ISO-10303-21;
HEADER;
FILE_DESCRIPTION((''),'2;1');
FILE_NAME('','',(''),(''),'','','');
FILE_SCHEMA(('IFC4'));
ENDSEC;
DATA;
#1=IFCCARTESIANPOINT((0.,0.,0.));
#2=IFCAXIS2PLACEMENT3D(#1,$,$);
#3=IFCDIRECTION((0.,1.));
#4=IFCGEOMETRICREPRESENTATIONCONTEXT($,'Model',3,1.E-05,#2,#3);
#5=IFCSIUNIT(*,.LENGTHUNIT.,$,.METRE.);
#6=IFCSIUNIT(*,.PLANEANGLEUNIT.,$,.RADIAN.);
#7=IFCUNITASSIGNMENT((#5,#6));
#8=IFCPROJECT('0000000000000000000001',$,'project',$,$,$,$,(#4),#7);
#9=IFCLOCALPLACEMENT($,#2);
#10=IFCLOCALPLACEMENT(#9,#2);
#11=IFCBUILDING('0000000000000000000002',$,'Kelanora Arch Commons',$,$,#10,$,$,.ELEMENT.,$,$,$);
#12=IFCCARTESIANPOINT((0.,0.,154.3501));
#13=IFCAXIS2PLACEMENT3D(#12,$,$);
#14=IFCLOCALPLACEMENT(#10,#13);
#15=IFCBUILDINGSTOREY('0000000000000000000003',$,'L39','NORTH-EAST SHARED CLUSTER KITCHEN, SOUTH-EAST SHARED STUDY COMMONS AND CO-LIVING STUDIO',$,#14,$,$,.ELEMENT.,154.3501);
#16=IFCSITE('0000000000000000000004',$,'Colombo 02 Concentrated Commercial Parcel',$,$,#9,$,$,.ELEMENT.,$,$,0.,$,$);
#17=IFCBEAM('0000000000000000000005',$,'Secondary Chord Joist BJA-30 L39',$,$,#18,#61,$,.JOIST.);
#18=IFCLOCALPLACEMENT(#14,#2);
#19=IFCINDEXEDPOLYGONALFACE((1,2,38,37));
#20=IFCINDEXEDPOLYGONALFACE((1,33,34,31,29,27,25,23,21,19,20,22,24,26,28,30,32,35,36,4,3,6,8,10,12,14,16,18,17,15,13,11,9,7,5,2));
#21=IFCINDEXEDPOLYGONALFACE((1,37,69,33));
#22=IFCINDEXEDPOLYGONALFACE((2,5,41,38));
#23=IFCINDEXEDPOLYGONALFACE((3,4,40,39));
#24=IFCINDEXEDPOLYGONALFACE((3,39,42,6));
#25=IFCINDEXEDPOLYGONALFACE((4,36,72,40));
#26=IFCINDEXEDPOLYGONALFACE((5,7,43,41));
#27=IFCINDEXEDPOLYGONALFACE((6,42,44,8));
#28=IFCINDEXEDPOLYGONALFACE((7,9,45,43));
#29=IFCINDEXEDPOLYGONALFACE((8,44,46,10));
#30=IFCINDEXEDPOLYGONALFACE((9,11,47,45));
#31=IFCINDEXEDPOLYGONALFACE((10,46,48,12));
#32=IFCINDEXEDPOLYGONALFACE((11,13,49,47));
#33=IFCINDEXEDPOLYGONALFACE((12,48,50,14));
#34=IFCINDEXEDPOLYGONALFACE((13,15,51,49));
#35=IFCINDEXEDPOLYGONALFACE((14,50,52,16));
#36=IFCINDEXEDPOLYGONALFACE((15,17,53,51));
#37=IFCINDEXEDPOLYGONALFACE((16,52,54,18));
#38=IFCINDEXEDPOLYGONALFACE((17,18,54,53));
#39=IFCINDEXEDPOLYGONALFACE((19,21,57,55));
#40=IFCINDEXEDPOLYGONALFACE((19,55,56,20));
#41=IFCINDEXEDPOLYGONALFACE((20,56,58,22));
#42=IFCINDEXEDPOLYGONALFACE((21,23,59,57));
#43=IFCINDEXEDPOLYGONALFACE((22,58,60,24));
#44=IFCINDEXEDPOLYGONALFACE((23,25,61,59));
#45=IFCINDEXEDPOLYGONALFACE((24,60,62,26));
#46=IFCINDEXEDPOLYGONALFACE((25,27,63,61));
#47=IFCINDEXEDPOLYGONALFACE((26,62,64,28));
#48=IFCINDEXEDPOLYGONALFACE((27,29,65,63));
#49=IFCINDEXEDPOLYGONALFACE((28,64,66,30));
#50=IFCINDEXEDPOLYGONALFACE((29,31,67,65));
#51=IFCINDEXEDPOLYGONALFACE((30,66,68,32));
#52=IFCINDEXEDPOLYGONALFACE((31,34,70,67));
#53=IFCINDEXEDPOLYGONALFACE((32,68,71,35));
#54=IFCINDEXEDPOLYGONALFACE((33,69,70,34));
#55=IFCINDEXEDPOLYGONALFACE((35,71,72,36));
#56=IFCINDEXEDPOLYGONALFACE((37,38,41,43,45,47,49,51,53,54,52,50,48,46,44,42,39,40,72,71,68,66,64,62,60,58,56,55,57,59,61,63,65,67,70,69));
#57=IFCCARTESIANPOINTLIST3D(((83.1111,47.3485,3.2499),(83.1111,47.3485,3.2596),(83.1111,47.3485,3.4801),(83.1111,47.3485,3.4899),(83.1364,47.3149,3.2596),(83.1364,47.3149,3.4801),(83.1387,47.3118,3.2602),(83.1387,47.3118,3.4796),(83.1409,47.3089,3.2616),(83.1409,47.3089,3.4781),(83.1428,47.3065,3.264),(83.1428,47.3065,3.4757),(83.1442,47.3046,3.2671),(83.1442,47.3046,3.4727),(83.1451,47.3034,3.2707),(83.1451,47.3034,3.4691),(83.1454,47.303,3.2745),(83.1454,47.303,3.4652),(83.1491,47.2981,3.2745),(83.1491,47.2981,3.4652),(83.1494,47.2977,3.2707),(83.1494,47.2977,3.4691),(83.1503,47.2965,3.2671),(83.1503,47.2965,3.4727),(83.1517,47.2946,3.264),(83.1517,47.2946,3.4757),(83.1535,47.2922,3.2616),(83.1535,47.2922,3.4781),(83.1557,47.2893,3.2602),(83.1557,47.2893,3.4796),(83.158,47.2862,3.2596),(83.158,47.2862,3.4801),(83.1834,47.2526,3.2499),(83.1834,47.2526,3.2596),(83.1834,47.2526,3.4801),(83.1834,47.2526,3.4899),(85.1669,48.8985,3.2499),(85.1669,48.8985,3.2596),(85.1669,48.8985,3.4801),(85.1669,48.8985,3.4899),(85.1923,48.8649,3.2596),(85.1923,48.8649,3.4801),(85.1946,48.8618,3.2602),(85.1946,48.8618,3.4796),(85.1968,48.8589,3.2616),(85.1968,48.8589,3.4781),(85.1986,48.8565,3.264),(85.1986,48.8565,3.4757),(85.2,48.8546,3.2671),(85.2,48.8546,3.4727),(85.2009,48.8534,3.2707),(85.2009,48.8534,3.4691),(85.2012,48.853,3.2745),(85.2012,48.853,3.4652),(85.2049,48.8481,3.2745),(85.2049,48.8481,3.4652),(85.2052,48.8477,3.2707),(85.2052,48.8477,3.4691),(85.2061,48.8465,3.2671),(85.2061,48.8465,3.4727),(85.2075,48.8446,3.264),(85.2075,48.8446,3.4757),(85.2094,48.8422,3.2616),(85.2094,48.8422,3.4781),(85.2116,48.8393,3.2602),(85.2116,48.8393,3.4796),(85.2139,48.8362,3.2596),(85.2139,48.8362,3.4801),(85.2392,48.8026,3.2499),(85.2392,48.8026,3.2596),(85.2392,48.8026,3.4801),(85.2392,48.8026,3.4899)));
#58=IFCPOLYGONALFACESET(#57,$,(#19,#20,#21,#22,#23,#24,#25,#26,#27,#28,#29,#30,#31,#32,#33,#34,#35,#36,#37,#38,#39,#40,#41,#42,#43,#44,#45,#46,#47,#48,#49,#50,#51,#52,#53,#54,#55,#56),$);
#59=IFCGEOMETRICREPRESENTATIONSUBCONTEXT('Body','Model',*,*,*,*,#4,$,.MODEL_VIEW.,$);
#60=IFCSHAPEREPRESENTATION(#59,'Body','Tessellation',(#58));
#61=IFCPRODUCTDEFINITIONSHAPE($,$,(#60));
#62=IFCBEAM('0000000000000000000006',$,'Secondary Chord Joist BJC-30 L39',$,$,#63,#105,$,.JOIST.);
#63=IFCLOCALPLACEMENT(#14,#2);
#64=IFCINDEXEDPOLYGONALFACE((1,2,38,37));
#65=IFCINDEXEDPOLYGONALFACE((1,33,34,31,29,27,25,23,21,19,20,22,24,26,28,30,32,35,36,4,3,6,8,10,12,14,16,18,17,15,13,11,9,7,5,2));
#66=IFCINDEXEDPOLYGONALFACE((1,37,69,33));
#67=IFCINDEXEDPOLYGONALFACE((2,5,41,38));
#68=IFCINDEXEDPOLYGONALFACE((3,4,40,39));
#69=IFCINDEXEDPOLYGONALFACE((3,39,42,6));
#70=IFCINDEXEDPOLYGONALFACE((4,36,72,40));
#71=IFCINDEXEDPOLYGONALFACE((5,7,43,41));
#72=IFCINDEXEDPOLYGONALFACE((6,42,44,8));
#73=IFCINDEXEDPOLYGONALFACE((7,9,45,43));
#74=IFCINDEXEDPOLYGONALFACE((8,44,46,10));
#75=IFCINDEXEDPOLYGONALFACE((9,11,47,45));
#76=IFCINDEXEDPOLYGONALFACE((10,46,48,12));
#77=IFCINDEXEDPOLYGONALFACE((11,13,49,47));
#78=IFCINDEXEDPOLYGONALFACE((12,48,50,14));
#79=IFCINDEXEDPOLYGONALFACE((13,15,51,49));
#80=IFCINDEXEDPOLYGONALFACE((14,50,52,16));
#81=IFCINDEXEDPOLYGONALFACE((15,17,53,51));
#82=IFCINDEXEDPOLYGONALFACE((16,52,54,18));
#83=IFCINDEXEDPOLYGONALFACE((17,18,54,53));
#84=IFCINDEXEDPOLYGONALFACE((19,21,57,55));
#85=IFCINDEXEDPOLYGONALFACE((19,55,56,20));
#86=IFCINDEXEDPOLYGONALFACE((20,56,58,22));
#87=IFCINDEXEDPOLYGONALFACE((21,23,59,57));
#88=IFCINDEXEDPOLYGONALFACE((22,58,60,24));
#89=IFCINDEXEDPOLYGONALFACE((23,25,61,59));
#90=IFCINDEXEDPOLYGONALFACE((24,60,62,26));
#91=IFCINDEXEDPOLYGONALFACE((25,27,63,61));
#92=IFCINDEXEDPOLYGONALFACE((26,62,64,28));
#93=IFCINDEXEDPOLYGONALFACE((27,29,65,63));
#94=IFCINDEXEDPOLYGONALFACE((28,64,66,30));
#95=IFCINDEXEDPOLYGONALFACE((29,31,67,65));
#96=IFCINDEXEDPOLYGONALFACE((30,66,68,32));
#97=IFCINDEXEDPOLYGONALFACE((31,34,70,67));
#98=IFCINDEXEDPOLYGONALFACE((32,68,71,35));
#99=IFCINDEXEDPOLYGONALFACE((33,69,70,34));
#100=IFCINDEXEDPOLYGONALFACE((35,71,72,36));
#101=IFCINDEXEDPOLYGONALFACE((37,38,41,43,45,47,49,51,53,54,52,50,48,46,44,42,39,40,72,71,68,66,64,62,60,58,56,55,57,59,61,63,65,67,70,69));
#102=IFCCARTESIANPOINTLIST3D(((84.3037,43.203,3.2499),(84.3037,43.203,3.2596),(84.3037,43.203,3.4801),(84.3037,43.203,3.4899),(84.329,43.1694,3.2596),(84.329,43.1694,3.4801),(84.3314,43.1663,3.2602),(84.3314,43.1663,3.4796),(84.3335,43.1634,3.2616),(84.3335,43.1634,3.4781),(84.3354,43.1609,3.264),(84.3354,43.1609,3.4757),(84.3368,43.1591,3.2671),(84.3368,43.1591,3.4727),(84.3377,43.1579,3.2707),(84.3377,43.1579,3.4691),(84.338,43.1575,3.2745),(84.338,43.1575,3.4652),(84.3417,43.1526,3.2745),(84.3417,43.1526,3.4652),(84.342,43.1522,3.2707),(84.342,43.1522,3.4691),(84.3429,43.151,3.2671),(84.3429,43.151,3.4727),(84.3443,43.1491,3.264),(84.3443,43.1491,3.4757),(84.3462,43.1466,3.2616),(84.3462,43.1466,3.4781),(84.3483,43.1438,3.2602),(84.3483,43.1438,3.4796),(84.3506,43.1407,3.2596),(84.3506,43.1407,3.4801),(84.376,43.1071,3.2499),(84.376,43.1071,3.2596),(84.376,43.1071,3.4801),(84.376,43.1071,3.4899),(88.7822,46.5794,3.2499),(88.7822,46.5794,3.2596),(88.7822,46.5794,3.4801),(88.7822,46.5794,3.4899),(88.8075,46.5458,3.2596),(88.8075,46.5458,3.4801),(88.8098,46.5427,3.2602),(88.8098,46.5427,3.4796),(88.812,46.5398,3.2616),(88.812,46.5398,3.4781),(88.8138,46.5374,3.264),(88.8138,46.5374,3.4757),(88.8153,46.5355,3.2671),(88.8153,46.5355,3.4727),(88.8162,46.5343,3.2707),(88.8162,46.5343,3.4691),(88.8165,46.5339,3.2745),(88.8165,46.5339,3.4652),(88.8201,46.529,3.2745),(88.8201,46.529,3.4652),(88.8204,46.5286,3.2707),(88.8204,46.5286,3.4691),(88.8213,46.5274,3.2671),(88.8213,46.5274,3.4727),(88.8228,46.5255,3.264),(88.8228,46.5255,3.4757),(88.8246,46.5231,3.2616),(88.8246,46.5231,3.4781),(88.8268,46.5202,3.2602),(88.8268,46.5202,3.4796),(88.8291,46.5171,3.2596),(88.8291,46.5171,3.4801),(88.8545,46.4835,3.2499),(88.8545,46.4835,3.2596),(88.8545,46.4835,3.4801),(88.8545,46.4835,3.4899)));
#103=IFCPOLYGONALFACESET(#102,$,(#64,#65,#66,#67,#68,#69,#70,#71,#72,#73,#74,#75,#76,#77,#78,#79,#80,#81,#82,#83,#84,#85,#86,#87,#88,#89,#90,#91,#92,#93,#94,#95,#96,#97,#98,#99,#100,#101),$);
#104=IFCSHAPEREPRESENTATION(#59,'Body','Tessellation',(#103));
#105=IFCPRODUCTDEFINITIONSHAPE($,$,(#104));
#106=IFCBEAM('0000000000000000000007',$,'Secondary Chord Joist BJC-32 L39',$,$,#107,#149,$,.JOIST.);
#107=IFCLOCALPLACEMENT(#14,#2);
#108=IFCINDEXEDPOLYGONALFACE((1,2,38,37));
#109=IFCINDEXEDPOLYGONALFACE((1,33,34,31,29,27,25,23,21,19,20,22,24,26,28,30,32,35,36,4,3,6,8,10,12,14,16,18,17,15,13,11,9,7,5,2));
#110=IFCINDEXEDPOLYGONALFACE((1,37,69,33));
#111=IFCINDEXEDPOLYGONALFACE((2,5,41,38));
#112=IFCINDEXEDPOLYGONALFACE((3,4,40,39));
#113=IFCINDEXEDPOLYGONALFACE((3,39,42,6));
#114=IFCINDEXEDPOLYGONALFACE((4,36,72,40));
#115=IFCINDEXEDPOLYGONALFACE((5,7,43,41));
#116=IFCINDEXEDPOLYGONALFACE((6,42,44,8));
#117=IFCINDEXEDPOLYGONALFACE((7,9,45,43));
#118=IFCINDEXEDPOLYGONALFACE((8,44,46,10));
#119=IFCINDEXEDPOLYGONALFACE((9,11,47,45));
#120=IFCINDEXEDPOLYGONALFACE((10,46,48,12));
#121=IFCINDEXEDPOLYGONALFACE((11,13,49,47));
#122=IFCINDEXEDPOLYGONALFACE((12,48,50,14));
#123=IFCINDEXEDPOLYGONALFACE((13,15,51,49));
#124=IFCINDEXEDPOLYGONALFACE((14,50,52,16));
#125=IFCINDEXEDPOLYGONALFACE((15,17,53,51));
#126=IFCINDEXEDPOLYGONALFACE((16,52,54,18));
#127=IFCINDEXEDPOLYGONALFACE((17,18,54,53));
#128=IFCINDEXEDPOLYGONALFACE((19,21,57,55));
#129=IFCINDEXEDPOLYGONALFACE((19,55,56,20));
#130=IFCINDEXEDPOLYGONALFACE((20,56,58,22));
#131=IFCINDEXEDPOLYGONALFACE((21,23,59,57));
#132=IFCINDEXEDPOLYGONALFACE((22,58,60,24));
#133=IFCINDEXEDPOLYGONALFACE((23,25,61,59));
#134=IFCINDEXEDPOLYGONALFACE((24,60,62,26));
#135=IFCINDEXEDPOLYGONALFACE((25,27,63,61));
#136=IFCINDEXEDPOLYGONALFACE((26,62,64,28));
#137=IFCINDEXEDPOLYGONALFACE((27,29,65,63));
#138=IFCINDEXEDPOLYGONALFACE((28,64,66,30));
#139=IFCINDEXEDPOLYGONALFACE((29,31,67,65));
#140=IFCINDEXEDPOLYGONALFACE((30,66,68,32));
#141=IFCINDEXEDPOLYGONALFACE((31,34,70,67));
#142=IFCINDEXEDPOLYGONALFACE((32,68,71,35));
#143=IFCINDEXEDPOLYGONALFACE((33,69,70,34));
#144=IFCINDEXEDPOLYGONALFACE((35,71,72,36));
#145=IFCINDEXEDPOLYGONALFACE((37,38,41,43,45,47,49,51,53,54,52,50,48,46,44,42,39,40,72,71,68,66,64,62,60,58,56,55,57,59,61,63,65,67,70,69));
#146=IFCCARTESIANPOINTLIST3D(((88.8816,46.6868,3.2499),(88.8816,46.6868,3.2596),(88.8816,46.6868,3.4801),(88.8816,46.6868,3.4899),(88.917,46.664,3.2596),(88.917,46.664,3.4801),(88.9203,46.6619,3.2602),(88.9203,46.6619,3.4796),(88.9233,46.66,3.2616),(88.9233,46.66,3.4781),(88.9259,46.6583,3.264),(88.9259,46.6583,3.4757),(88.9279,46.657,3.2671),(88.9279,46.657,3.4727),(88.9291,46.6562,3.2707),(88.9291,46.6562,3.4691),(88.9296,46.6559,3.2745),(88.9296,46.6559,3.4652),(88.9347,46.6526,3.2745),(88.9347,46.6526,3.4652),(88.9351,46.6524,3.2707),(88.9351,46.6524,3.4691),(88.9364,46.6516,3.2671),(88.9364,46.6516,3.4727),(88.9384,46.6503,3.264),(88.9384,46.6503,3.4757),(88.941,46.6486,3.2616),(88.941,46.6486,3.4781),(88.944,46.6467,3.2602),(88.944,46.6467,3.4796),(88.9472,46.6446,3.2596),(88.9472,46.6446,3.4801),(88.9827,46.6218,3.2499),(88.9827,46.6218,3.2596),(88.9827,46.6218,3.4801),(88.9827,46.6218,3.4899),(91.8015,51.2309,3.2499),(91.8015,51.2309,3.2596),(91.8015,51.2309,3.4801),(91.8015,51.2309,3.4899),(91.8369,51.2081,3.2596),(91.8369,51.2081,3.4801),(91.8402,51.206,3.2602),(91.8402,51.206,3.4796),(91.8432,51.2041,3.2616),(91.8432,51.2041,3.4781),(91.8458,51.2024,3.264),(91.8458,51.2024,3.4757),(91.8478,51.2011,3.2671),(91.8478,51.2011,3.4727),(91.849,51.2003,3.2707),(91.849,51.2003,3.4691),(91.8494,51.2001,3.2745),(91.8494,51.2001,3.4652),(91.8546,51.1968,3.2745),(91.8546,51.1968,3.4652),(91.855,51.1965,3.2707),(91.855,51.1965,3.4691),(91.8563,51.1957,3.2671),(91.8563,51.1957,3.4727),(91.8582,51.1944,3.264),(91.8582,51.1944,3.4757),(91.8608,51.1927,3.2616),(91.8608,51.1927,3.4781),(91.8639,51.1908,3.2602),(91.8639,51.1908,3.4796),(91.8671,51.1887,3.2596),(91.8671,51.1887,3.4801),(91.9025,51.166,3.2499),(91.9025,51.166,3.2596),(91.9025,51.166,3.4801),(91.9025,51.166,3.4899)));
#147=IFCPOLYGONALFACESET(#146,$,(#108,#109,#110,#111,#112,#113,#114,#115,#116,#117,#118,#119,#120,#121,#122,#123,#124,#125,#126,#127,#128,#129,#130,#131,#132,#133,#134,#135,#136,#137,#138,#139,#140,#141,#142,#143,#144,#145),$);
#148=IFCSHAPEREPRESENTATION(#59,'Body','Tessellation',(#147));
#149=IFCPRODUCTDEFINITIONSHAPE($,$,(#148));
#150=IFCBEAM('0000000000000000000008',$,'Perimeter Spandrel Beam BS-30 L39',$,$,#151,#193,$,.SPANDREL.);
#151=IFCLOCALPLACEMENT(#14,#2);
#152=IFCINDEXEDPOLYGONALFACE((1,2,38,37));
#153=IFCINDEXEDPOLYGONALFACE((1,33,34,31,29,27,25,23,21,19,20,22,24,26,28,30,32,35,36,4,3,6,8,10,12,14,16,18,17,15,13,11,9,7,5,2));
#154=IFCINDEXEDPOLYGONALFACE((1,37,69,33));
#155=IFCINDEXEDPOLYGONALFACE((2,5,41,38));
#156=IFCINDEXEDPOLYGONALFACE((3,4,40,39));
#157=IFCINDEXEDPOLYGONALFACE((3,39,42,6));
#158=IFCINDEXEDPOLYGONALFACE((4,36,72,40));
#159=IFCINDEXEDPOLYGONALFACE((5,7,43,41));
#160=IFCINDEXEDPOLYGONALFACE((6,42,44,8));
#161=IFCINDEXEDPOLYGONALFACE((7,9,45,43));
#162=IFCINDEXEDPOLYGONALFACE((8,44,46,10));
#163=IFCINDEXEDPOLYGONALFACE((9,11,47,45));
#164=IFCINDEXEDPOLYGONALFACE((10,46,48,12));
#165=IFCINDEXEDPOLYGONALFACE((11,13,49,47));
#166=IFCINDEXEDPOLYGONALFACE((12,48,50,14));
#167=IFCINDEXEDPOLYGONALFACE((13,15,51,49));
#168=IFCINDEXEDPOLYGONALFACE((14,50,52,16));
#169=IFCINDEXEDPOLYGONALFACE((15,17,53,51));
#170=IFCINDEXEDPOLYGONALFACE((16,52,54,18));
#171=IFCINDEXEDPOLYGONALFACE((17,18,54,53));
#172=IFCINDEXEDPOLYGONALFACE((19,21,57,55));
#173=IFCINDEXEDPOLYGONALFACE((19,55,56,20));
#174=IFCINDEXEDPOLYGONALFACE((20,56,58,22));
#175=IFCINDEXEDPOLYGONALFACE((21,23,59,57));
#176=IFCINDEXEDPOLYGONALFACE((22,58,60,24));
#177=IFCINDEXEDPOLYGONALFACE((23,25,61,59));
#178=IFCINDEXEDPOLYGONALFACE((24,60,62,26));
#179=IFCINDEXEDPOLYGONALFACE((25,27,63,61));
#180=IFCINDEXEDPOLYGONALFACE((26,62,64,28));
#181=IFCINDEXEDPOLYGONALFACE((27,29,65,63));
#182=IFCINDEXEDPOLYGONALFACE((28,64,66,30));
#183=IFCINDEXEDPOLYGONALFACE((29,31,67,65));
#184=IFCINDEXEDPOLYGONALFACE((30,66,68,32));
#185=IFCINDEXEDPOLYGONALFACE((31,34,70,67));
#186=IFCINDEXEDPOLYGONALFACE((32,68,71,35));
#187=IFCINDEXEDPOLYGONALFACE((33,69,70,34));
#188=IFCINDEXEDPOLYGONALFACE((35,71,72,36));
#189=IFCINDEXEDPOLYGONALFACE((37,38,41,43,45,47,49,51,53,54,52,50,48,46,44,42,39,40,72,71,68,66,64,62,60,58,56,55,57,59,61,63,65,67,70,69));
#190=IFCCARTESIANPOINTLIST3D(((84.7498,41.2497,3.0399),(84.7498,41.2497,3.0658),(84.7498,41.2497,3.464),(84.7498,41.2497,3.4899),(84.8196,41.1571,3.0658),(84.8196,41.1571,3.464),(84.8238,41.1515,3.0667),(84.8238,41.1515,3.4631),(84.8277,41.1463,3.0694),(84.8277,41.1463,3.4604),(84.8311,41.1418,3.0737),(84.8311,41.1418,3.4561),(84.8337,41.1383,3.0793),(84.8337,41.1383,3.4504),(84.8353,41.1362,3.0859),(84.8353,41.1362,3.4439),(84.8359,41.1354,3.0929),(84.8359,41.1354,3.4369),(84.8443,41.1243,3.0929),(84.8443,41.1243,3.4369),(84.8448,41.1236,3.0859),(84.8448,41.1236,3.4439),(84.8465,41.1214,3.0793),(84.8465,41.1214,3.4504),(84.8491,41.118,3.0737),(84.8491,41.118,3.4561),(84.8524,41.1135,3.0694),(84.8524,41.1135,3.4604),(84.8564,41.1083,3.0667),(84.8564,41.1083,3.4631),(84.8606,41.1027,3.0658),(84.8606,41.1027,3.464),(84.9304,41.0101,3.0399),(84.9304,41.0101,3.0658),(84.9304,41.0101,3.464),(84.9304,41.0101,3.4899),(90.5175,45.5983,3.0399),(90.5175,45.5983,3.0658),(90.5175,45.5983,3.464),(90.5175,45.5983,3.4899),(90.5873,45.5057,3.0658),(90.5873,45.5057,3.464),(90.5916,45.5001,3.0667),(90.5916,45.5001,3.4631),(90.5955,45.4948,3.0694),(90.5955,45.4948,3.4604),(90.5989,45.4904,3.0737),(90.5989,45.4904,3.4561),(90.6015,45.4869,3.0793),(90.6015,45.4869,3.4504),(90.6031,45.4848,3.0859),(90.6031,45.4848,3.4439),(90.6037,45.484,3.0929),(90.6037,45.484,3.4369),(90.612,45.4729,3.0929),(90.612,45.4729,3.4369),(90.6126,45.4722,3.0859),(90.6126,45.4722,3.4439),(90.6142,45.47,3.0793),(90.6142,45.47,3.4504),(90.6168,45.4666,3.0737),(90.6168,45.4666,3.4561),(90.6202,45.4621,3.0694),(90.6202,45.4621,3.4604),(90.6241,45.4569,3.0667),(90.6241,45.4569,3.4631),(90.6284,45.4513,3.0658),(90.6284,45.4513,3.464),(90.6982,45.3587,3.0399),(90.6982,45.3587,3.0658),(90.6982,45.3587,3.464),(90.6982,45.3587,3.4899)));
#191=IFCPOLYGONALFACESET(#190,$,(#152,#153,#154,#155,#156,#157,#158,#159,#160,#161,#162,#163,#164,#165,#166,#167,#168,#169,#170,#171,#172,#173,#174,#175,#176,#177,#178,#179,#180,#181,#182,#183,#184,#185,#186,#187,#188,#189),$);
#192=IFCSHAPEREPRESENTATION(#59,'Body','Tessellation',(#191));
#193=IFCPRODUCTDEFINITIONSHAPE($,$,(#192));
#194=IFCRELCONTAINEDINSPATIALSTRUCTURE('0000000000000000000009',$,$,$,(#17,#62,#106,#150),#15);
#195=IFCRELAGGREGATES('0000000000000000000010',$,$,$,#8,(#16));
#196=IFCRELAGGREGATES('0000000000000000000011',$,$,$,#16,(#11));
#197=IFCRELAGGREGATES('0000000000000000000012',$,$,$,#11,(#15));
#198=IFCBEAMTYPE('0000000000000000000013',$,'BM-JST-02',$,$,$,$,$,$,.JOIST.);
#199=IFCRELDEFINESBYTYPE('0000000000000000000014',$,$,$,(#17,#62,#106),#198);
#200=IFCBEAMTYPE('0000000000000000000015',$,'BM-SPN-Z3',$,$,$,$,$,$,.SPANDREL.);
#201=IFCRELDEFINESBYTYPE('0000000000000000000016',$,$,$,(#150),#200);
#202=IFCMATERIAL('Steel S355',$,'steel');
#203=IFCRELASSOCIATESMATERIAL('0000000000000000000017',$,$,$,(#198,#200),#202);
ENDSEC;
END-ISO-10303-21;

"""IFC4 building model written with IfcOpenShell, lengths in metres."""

from ifc_helpers import new_model, si_unit, direction, frame, origin, origin_2d, place, context, subcontext, project, spatial, i_section, extrude, material, material_profile, profile_set, type_object, element, save


model = new_model("IFC4")

# Units and contexts
model_context = context("Model", 3, precision=1e-05, world=origin(), true_north=direction((0.0, 1.0)))
body_context = subcontext(model_context, "Body", "Model", "MODEL_VIEW")
ifc_project = project(units=[si_unit("LENGTHUNIT", "METRE"), si_unit("PLANEANGLEUNIT", "RADIAN")], contexts=[model_context])

# Site, building, storey
site_placement = place(None, origin())
site = spatial("IfcSite", under=ifc_project, at=site_placement, Name="Colombo 02 Concentrated Commercial Parcel", CompositionType="ELEMENT", RefElevation=0.0)
building_placement = place(site_placement, origin())
building = spatial("IfcBuilding", under=site, at=building_placement, Name="Kelanora Arch Commons", CompositionType="ELEMENT")
storey_placement = place(building_placement, frame((0.0, 0.0, 154.3501)))
storey = spatial("IfcBuildingStorey", under=building, at=storey_placement, Name="L39", Description="NORTH-EAST SHARED CLUSTER KITCHEN, SOUTH-EAST SHARED STUDY COMMONS AND CO-LIVING STUDIO", CompositionType="ELEMENT", Elevation=154.3501)

# Beams
ifc_material_1 = material(Name="Steel S355", Category="steel")
ifc_material_profile_1 = material_profile(ifc_material_1, i_section(OverallWidth=0.1201, OverallDepth=0.24, WebThickness=0.0061, FlangeThickness=0.0098, FilletRadius=0.0149, at=origin_2d()), Name="IPE240")
ifc_profile_set_1 = profile_set([ifc_material_profile_1], Name="Steel S355")
beam_type_1 = type_object("IfcBeamType", Name="BM-JST-02", PredefinedType="JOIST", material=ifc_profile_set_1)
beam_1_placement = place(storey_placement, frame((83.1472, 47.3005, 3.3699), z_axis=(0.798484, 0.602016, 0.0), x_axis=(-0.602016, 0.798484, 0.0)))
element("IfcBeam", 1, at=beam_1_placement, inside=storey, type_object=beam_type_1, Name="Secondary Chord Joist BJA-30 L39", PredefinedType="JOIST", context=body_context, shape_type="SweptSolid", body=[
    extrude(i_section(OverallWidth=0.1201, OverallDepth=0.24, WebThickness=0.0061, FlangeThickness=0.0098, FilletRadius=0.0149, at=origin_2d()), origin(), (0.0, 0.0, 1.0), 2.5747),
])
beam_2_placement = place(storey_placement, frame((84.3398, 43.155, 3.3699), z_axis=(0.798493, 0.602004, 0.0), x_axis=(-0.602004, 0.798493, 0.0)))
element("IfcBeam", 2, at=beam_2_placement, inside=storey, type_object=beam_type_1, Name="Secondary Chord Joist BJC-30 L39", PredefinedType="JOIST", context=body_context, shape_type="SweptSolid", body=[
    extrude(i_section(OverallWidth=0.1201, OverallDepth=0.24, WebThickness=0.0061, FlangeThickness=0.0098, FilletRadius=0.0149, at=origin_2d()), origin(), (0.0, 0.0, 1.0), 5.6086),
])
beam_3_placement = place(storey_placement, frame((88.9321, 46.6543, 3.3699), z_axis=(0.540582, 0.841292, 0.0), x_axis=(-0.841292, 0.540582, 0.0)))
element("IfcBeam", 3, at=beam_3_placement, inside=storey, type_object=beam_type_1, Name="Secondary Chord Joist BJC-32 L39", PredefinedType="JOIST", context=body_context, shape_type="SweptSolid", body=[
    extrude(i_section(OverallWidth=0.1201, OverallDepth=0.24, WebThickness=0.0061, FlangeThickness=0.0098, FilletRadius=0.0149, at=origin_2d()), origin(), (0.0, 0.0, 1.0), 5.4014),
])
ifc_material_profile_2 = material_profile(ifc_material_1, i_section(OverallWidth=0.3, OverallDepth=0.45, WebThickness=0.0139, FlangeThickness=0.0259, FilletRadius=0.0271, at=origin_2d()), Name="HEB450")
ifc_profile_set_2 = profile_set([ifc_material_profile_2], Name="Steel S355")
beam_type_2 = type_object("IfcBeamType", Name="BM-SPN-Z3", PredefinedType="SPANDREL", material=ifc_profile_set_2)
beam_4_placement = place(storey_placement, frame((84.8401, 41.1299, 3.2649), z_axis=(0.798485, 0.602015, 0.0), x_axis=(-0.602015, 0.798485, 0.0)))
element("IfcBeam", 4, at=beam_4_placement, inside=storey, type_object=beam_type_2, Name="Perimeter Spandrel Beam BS-30 L39", PredefinedType="SPANDREL", context=body_context, shape_type="SweptSolid", body=[
    extrude(i_section(OverallWidth=0.3, OverallDepth=0.45, WebThickness=0.0139, FlangeThickness=0.0259, FilletRadius=0.0271, at=origin_2d()), origin(), (0.0, 0.0, 1.0), 7.2234),
])

save(model, "model.ifc")
